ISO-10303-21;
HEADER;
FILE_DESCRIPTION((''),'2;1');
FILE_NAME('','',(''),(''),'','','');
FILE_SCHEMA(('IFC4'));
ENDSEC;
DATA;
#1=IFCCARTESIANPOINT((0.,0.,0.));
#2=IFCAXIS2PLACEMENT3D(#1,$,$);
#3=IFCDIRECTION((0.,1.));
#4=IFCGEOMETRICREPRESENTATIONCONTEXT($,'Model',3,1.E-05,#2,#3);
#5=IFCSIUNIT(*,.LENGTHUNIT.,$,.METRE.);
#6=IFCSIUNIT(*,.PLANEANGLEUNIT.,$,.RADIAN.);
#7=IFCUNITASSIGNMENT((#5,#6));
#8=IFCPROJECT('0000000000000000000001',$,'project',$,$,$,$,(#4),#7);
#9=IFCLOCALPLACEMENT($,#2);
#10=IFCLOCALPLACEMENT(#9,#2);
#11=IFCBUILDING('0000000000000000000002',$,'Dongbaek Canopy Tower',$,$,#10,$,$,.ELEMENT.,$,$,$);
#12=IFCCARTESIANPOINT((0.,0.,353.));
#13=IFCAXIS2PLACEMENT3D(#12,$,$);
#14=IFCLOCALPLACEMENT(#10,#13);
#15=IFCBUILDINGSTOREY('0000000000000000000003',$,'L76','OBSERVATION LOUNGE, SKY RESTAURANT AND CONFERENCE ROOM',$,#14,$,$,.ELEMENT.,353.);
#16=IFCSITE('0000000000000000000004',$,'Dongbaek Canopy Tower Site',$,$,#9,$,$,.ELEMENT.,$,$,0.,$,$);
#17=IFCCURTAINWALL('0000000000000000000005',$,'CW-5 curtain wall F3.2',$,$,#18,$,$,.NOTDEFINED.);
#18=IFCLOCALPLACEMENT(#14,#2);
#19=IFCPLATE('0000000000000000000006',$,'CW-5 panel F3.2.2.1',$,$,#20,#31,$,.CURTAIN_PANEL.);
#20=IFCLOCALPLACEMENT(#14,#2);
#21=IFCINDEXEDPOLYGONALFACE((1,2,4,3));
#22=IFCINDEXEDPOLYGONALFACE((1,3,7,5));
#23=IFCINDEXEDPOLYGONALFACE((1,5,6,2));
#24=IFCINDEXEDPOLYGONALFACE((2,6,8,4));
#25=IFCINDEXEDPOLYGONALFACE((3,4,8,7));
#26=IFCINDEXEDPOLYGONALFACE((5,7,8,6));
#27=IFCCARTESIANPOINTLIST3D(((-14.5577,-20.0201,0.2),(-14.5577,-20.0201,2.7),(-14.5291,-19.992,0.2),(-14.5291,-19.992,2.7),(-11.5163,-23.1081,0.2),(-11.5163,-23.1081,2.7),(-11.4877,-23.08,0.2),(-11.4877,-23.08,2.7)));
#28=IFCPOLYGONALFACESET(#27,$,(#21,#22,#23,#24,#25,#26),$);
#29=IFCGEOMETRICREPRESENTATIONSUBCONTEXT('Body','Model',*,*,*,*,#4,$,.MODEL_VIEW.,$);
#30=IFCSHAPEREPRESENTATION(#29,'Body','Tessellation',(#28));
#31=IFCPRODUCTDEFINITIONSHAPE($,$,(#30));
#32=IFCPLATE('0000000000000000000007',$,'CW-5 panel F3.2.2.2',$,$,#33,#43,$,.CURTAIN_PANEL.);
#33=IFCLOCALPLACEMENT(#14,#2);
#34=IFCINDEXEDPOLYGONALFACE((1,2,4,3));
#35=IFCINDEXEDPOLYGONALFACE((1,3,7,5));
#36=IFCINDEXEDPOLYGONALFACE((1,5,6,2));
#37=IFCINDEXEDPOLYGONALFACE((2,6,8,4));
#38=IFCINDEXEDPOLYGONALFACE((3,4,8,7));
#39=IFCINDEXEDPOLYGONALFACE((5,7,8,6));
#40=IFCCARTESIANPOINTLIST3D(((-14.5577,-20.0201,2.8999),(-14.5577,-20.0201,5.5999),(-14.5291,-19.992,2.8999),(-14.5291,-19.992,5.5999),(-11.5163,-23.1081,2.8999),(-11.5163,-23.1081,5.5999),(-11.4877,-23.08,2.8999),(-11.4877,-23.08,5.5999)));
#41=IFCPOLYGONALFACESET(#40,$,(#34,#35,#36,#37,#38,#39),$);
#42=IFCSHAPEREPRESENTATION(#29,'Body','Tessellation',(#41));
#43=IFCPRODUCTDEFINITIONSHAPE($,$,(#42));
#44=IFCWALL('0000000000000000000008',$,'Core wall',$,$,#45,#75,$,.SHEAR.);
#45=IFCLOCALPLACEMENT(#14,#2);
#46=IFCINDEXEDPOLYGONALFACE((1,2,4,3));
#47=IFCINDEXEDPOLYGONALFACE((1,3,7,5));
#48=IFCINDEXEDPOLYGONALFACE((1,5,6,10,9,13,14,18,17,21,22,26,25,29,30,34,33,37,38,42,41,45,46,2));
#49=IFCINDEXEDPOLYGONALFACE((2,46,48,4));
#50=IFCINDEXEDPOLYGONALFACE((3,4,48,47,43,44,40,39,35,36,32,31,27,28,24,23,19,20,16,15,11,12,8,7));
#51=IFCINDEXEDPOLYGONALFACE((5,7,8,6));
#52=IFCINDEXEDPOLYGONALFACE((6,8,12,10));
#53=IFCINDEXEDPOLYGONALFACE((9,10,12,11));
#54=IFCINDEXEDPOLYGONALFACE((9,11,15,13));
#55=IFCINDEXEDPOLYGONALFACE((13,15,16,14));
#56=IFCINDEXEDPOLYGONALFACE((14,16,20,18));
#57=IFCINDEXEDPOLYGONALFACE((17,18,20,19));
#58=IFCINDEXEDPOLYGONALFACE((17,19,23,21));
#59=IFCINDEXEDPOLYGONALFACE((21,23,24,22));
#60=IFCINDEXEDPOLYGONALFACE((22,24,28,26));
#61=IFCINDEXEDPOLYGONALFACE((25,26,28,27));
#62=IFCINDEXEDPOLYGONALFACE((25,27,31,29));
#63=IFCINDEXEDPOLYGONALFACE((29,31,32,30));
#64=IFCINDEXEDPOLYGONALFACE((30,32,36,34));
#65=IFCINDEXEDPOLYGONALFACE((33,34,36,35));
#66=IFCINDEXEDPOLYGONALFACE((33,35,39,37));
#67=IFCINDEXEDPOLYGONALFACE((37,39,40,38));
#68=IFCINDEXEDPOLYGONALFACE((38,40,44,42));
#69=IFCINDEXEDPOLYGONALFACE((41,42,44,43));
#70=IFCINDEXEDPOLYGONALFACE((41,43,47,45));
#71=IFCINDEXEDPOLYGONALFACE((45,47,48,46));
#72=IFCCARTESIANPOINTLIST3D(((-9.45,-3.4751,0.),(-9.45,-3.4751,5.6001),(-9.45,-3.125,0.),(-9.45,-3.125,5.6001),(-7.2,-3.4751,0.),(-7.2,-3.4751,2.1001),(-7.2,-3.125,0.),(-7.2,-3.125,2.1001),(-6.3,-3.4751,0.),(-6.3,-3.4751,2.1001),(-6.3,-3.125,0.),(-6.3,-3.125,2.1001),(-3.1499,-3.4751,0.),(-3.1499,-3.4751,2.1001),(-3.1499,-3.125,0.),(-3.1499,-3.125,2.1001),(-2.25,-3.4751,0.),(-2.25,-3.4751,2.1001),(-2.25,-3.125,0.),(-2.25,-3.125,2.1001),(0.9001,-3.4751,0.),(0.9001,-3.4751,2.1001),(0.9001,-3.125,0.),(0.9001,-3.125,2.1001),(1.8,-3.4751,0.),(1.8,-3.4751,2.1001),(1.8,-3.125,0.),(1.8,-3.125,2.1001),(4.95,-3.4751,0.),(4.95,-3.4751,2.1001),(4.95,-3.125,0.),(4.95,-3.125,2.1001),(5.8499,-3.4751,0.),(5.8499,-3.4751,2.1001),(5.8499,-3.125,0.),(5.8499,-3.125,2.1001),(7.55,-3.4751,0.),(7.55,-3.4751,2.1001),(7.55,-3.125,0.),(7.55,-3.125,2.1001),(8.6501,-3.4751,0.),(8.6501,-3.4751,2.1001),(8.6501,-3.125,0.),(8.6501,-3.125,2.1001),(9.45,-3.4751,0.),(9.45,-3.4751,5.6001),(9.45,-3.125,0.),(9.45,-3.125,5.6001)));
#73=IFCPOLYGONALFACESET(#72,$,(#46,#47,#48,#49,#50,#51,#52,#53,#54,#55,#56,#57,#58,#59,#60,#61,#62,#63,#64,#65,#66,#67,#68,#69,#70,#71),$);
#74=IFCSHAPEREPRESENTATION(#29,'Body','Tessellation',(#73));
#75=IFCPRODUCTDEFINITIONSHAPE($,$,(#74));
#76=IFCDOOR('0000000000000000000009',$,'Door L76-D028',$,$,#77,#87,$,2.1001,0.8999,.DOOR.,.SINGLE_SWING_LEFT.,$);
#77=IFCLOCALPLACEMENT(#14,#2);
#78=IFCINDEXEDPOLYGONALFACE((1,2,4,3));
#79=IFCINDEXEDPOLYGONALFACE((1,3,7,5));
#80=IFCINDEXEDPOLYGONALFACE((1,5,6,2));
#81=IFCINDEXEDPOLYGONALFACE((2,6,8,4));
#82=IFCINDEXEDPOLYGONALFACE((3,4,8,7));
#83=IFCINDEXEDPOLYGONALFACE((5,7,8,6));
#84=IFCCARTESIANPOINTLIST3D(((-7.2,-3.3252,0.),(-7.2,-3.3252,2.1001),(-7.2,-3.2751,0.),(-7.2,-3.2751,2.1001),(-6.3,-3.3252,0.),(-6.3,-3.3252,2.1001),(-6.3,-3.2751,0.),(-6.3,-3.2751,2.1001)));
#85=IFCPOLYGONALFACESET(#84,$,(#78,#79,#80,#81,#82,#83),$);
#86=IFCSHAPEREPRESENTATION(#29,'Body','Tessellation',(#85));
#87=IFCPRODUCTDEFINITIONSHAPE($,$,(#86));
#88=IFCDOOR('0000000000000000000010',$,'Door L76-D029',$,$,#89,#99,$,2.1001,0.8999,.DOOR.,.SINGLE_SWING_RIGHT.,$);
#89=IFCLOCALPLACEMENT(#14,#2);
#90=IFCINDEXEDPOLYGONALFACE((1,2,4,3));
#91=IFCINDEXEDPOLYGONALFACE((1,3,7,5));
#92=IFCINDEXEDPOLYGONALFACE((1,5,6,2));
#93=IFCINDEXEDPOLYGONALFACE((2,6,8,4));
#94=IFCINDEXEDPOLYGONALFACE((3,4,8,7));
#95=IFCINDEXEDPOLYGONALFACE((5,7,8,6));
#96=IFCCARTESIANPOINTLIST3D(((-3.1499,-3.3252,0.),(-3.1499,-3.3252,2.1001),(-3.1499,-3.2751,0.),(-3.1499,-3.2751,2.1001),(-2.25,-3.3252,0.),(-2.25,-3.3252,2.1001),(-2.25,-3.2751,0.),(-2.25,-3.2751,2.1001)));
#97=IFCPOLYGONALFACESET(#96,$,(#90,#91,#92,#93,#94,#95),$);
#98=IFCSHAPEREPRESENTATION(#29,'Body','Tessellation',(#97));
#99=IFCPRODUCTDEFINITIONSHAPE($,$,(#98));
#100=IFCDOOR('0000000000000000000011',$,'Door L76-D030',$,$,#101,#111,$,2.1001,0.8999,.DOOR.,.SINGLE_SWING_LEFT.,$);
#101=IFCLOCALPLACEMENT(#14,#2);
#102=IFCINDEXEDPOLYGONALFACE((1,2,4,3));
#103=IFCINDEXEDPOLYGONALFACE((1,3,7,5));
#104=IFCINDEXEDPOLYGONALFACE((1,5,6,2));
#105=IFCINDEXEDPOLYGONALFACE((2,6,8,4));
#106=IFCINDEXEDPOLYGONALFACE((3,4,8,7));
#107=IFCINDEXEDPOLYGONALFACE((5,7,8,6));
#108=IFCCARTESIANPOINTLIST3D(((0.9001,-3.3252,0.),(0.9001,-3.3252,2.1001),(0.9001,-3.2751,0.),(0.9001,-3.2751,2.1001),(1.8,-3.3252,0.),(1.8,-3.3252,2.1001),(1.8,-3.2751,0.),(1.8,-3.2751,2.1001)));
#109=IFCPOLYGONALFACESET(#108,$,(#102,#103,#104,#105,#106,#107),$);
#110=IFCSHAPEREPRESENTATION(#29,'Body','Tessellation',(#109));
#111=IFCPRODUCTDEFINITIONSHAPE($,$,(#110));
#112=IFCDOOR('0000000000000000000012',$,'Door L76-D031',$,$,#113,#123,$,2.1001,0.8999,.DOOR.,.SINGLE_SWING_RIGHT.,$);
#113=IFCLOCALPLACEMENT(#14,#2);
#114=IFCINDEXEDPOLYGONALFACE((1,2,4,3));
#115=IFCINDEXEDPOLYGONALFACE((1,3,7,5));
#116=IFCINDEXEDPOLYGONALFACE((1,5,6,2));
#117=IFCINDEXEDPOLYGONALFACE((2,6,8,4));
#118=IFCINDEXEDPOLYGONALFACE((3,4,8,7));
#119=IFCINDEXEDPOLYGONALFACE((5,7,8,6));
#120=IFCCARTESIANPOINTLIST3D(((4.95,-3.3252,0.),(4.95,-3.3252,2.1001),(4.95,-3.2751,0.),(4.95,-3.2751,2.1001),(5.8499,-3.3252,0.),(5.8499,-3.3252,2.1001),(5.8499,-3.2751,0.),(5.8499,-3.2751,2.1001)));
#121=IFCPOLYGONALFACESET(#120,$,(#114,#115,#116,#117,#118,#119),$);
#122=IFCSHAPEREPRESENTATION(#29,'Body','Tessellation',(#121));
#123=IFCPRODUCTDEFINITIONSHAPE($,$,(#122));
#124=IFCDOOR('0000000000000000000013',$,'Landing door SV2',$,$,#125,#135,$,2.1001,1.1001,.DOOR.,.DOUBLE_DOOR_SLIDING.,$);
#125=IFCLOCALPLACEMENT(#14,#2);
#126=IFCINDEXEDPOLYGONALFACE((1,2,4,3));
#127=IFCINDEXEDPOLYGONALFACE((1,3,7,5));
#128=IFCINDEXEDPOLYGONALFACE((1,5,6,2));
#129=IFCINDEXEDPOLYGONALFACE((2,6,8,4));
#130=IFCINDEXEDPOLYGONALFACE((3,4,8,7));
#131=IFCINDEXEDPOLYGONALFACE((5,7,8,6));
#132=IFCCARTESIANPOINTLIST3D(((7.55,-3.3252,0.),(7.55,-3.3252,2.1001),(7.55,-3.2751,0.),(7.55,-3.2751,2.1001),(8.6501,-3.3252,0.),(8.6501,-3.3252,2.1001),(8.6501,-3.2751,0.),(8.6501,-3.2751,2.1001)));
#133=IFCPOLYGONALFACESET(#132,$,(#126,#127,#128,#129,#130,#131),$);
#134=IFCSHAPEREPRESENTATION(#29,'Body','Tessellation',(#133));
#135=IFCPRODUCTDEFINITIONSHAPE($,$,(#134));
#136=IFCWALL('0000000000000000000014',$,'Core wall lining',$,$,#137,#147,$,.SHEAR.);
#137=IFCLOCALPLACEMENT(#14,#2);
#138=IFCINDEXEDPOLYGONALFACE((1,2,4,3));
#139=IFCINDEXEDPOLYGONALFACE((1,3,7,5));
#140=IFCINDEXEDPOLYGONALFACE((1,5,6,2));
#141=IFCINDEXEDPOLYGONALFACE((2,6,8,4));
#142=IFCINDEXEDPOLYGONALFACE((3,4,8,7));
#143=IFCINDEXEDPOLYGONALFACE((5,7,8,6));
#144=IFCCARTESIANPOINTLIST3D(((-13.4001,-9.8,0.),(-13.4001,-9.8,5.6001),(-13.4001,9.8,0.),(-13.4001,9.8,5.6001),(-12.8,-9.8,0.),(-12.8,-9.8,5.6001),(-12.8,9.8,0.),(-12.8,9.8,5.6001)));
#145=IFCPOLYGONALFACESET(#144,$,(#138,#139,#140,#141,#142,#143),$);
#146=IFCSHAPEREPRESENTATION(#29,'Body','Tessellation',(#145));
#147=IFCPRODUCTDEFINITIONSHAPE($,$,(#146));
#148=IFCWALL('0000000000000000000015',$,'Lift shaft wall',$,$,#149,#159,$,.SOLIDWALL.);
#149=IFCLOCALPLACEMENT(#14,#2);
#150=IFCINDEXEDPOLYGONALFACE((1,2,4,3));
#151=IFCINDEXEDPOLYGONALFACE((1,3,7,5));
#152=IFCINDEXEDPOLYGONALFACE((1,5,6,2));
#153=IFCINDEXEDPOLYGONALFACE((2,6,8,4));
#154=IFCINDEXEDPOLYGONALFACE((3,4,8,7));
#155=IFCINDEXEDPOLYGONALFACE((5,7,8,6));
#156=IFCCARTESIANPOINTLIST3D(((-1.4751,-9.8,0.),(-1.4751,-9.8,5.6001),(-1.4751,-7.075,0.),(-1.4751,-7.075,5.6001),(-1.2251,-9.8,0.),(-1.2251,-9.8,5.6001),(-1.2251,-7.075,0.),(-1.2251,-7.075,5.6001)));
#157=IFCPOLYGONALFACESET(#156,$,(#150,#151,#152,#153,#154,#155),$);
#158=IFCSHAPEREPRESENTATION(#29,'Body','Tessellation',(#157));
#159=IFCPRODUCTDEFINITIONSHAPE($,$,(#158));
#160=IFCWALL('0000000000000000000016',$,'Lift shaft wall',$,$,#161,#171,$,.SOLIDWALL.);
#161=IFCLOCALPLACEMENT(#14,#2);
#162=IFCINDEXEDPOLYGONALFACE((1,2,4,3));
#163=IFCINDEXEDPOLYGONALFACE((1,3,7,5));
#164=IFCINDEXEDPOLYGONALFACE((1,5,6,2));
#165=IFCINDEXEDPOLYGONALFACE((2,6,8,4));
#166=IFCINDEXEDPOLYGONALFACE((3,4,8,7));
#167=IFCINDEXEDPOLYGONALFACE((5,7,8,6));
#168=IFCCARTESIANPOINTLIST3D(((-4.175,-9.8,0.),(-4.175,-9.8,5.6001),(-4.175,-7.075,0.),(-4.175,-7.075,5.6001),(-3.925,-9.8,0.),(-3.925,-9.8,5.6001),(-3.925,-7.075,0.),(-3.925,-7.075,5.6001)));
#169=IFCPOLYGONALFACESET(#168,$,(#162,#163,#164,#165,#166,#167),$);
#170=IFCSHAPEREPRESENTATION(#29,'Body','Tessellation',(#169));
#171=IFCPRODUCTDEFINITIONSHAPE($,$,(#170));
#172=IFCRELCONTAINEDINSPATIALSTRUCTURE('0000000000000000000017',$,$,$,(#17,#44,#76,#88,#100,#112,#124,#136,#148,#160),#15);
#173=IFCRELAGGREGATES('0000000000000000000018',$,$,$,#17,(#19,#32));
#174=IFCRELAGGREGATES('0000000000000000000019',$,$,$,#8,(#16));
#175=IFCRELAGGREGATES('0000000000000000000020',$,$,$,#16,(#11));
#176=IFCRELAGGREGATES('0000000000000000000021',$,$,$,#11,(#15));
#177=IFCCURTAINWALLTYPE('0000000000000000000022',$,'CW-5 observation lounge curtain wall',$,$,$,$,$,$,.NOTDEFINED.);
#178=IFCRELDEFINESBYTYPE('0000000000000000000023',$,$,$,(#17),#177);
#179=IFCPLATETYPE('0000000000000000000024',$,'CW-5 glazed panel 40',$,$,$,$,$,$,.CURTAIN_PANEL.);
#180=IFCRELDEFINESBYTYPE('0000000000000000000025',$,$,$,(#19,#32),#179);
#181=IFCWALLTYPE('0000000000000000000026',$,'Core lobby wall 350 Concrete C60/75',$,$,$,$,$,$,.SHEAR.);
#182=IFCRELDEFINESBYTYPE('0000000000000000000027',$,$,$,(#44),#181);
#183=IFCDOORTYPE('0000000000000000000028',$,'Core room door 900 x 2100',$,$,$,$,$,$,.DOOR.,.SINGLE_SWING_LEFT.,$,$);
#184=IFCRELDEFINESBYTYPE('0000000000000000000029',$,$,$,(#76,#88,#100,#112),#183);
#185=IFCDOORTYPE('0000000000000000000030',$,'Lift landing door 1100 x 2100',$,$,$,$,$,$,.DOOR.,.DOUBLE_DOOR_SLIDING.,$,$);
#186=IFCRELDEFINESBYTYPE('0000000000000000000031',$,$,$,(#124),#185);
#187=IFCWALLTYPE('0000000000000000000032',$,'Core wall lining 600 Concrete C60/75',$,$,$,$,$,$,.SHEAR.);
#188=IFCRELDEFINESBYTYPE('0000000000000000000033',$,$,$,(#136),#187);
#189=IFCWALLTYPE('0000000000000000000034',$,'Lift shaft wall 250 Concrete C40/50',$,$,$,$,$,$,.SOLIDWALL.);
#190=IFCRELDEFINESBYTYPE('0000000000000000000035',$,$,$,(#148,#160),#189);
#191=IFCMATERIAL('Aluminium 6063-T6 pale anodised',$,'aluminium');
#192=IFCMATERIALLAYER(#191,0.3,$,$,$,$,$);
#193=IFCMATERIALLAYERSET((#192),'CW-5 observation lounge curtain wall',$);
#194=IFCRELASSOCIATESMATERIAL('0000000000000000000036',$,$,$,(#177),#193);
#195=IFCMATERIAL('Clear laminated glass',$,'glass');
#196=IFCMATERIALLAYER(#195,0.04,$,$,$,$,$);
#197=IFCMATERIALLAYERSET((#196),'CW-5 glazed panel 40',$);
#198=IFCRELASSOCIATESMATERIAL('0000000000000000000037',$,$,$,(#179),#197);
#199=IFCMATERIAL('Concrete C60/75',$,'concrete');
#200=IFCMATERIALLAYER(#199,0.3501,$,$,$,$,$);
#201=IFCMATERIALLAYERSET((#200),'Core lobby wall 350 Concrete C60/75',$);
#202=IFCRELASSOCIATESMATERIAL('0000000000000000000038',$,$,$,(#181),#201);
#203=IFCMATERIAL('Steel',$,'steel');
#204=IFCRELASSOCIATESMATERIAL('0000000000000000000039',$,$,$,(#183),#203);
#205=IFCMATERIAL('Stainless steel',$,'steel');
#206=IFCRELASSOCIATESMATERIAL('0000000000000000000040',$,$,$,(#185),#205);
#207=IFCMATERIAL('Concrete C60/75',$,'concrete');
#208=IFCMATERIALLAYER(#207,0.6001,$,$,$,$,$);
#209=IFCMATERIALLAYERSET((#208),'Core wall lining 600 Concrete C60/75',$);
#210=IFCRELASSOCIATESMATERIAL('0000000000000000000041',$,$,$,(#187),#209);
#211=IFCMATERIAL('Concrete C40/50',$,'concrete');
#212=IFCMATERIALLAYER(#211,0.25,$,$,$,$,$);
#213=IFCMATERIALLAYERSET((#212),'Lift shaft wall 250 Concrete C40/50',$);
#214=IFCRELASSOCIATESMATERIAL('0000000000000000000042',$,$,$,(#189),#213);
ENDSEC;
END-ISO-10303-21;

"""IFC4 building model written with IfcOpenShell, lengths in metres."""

from ifc_helpers import new_model, si_unit, direction, frame, frame_2d, origin, origin_2d, place, context, subcontext, project, spatial, rectangle, extrude, material, layer, layer_set, type_object, element, fill, aggregate, save


model = new_model("IFC4")

# Units and contexts
model_context = context("Model", 3, precision=1e-05, world=origin(), true_north=direction((0.0, 1.0)))
body_context = subcontext(model_context, "Body", "Model", "MODEL_VIEW")
ifc_project = project(units=[si_unit("LENGTHUNIT", "METRE"), si_unit("PLANEANGLEUNIT", "RADIAN")], contexts=[model_context])

# Site, building, storey
site_placement = place(None, origin())
site = spatial("IfcSite", under=ifc_project, at=site_placement, Name="Dongbaek Canopy Tower Site", CompositionType="ELEMENT", RefElevation=0.0)
building_placement = place(site_placement, origin())
building = spatial("IfcBuilding", under=site, at=building_placement, Name="Dongbaek Canopy Tower", CompositionType="ELEMENT")
storey_placement = place(building_placement, frame((0.0, 0.0, 353.0)))
storey = spatial("IfcBuildingStorey", under=building, at=storey_placement, Name="L76", Description="OBSERVATION LOUNGE, SKY RESTAURANT AND CONFERENCE ROOM", CompositionType="ELEMENT", Elevation=353.0)

# Curtain wall, plates
ifc_material_1 = material(Name="Aluminium 6063-T6 pale anodised", Category="aluminium")
ifc_layer_1 = layer(ifc_material_1, 0.3)
ifc_layer_set_1 = layer_set([ifc_layer_1], Name="CW-5 observation lounge curtain wall")
curtain_wall_type = type_object("IfcCurtainWallType", Name="CW-5 observation lounge curtain wall", PredefinedType="NOTDEFINED", material=ifc_layer_set_1)
curtain_wall_placement = place(storey_placement, origin())
curtain_wall = element("IfcCurtainWall", 1, at=curtain_wall_placement, inside=storey, type_object=curtain_wall_type, Name="CW-5 curtain wall F3.2", PredefinedType="NOTDEFINED")
ifc_material_2 = material(Name="Clear laminated glass", Category="glass")
ifc_layer_2 = layer(ifc_material_2, 0.04)
ifc_layer_set_2 = layer_set([ifc_layer_2], Name="CW-5 glazed panel 40")
plate_type = type_object("IfcPlateType", Name="CW-5 glazed panel 40", PredefinedType="CURTAIN_PANEL", material=ifc_layer_set_2)
plate_1_placement = place(storey_placement, frame((-13.0227, -21.55, 0.2), z_axis=(0.0, 0.0, 1.0), x_axis=(0.701718, -0.712455, 0.0)))
plate_1 = element("IfcPlate", 2, at=plate_1_placement, type_object=plate_type, Name="CW-5 panel F3.2.2.1", PredefinedType="CURTAIN_PANEL", context=body_context, shape_type="SweptSolid", body=[
    extrude(rectangle(XDim=4.3342, YDim=0.04, at=origin_2d()), origin(), (0.0, 0.0, 1.0), 2.5),
])
plate_2_placement = place(storey_placement, frame((-13.0227, -21.55, 2.8999), z_axis=(0.0, 0.0, 1.0), x_axis=(0.701718, -0.712455, 0.0)))
plate_2 = element("IfcPlate", 3, at=plate_2_placement, type_object=plate_type, Name="CW-5 panel F3.2.2.2", PredefinedType="CURTAIN_PANEL", context=body_context, shape_type="SweptSolid", body=[
    extrude(rectangle(XDim=4.3342, YDim=0.04, at=origin_2d()), origin(), (0.0, 0.0, 1.0), 2.7),
])
aggregate(curtain_wall, [plate_1, plate_2])

# Wall, openings, doors
ifc_material_3 = material(Name="Concrete C60/75", Category="concrete")
ifc_layer_3 = layer(ifc_material_3, 0.3501)
ifc_layer_set_3 = layer_set([ifc_layer_3], Name="Core lobby wall 350 Concrete C60/75")
wall_type_1 = type_object("IfcWallType", Name="Core lobby wall 350 Concrete C60/75", PredefinedType="SHEAR", material=ifc_layer_set_3)
wall_1_placement = place(storey_placement, frame((-9.45, -3.3, 0.0), z_axis=(0.0, 0.0, 1.0), x_axis=(1.0, 0.0, 0.0)))
wall_1 = element("IfcWall", 4, at=wall_1_placement, inside=storey, type_object=wall_type_1, Name="Core wall", PredefinedType="SHEAR", context=body_context, shape_type="SweptSolid", body=[
    extrude(rectangle(XDim=18.8999, YDim=0.3501, at=frame_2d((9.45, 0.0))), origin(), (0.0, 0.0, 1.0), 5.6001),
])
opening_1_placement = place(wall_1_placement, frame((17.0, 0.0, 0.0)))
opening_1 = element("IfcOpeningElement", 5, at=opening_1_placement, cuts=wall_1, PredefinedType="OPENING", context=body_context, shape_type="SweptSolid", body=[
    extrude(rectangle(XDim=1.1001, YDim=2.1001, at=frame_2d((0.55, 1.05))), frame((0.0, 0.1851, 0.0), z_axis=(0.0, -1.0, 0.0), x_axis=(1.0, 0.0, 0.0)), (0.0, 0.0, 1.0), 0.3701),
])
opening_2_placement = place(wall_1_placement, frame((2.25, 0.0, 0.0)))
opening_2 = element("IfcOpeningElement", 6, at=opening_2_placement, cuts=wall_1, PredefinedType="OPENING", context=body_context, shape_type="SweptSolid", body=[
    extrude(rectangle(XDim=0.8999, YDim=2.1001, at=frame_2d((0.45, 1.05))), frame((0.0, 0.1851, 0.0), z_axis=(0.0, -1.0, 0.0), x_axis=(1.0, 0.0, 0.0)), (0.0, 0.0, 1.0), 0.3701),
])
opening_3_placement = place(wall_1_placement, frame((6.3, 0.0, 0.0)))
opening_3 = element("IfcOpeningElement", 7, at=opening_3_placement, cuts=wall_1, PredefinedType="OPENING", context=body_context, shape_type="SweptSolid", body=[
    extrude(rectangle(XDim=0.8999, YDim=2.1001, at=frame_2d((0.45, 1.05))), frame((0.0, 0.1851, 0.0), z_axis=(0.0, -1.0, 0.0), x_axis=(1.0, 0.0, 0.0)), (0.0, 0.0, 1.0), 0.3701),
])
opening_4_placement = place(wall_1_placement, frame((10.3501, 0.0, 0.0)))
opening_4 = element("IfcOpeningElement", 8, at=opening_4_placement, cuts=wall_1, PredefinedType="OPENING", context=body_context, shape_type="SweptSolid", body=[
    extrude(rectangle(XDim=0.8999, YDim=2.1001, at=frame_2d((0.45, 1.05))), frame((0.0, 0.1851, 0.0), z_axis=(0.0, -1.0, 0.0), x_axis=(1.0, 0.0, 0.0)), (0.0, 0.0, 1.0), 0.3701),
])
opening_5_placement = place(wall_1_placement, frame((14.3999, 0.0, 0.0)))
opening_5 = element("IfcOpeningElement", 9, at=opening_5_placement, cuts=wall_1, PredefinedType="OPENING", context=body_context, shape_type="SweptSolid", body=[
    extrude(rectangle(XDim=0.8999, YDim=2.1001, at=frame_2d((0.45, 1.05))), frame((0.0, 0.1851, 0.0), z_axis=(0.0, -1.0, 0.0), x_axis=(1.0, 0.0, 0.0)), (0.0, 0.0, 1.0), 0.3701),
])
ifc_material_4 = material(Name="Steel", Category="steel")
door_type_1 = type_object("IfcDoorType", Name="Core room door 900 x 2100", OperationType="SINGLE_SWING_LEFT", PredefinedType="DOOR", material=ifc_material_4)
door_1_placement = place(opening_2_placement, origin())
door_1 = element("IfcDoor", 10, at=door_1_placement, inside=storey, type_object=door_type_1, Name="Door L76-D028", OperationType="SINGLE_SWING_LEFT", OverallHeight=2.1001, OverallWidth=0.8999, PredefinedType="DOOR", context=body_context, shape_type="SweptSolid", body=[
    extrude(rectangle(XDim=0.8999, YDim=2.1001, at=frame_2d((0.45, 1.05))), frame((0.0, 0.0249, 0.0), z_axis=(0.0, -1.0, 0.0), x_axis=(1.0, 0.0, 0.0)), (0.0, 0.0, 1.0), 0.05),
])
fill(opening_2, door_1)
door_2_placement = place(opening_3_placement, origin())
door_2 = element("IfcDoor", 11, at=door_2_placement, inside=storey, type_object=door_type_1, Name="Door L76-D029", OperationType="SINGLE_SWING_RIGHT", OverallHeight=2.1001, OverallWidth=0.8999, PredefinedType="DOOR", context=body_context, shape_type="SweptSolid", body=[
    extrude(rectangle(XDim=0.8999, YDim=2.1001, at=frame_2d((0.45, 1.05))), frame((0.0, 0.0249, 0.0), z_axis=(0.0, -1.0, 0.0), x_axis=(1.0, 0.0, 0.0)), (0.0, 0.0, 1.0), 0.05),
])
fill(opening_3, door_2)
door_3_placement = place(opening_4_placement, origin())
door_3 = element("IfcDoor", 12, at=door_3_placement, inside=storey, type_object=door_type_1, Name="Door L76-D030", OperationType="SINGLE_SWING_LEFT", OverallHeight=2.1001, OverallWidth=0.8999, PredefinedType="DOOR", context=body_context, shape_type="SweptSolid", body=[
    extrude(rectangle(XDim=0.8999, YDim=2.1001, at=frame_2d((0.45, 1.05))), frame((0.0, 0.0249, 0.0), z_axis=(0.0, -1.0, 0.0), x_axis=(1.0, 0.0, 0.0)), (0.0, 0.0, 1.0), 0.05),
])
fill(opening_4, door_3)
door_4_placement = place(opening_5_placement, origin())
door_4 = element("IfcDoor", 13, at=door_4_placement, inside=storey, type_object=door_type_1, Name="Door L76-D031", OperationType="SINGLE_SWING_RIGHT", OverallHeight=2.1001, OverallWidth=0.8999, PredefinedType="DOOR", context=body_context, shape_type="SweptSolid", body=[
    extrude(rectangle(XDim=0.8999, YDim=2.1001, at=frame_2d((0.45, 1.05))), frame((0.0, 0.0249, 0.0), z_axis=(0.0, -1.0, 0.0), x_axis=(1.0, 0.0, 0.0)), (0.0, 0.0, 1.0), 0.05),
])
fill(opening_5, door_4)
ifc_material_5 = material(Name="Stainless steel", Category="steel")
door_type_2 = type_object("IfcDoorType", Name="Lift landing door 1100 x 2100", OperationType="DOUBLE_DOOR_SLIDING", PredefinedType="DOOR", material=ifc_material_5)
door_5_placement = place(opening_1_placement, origin())
door_5 = element("IfcDoor", 14, at=door_5_placement, inside=storey, type_object=door_type_2, Name="Landing door SV2", OperationType="DOUBLE_DOOR_SLIDING", OverallHeight=2.1001, OverallWidth=1.1001, PredefinedType="DOOR", context=body_context, shape_type="SweptSolid", body=[
    extrude(rectangle(XDim=1.1001, YDim=2.1001, at=frame_2d((0.55, 1.05))), frame((0.0, 0.0249, 0.0), z_axis=(0.0, -1.0, 0.0), x_axis=(1.0, 0.0, 0.0)), (0.0, 0.0, 1.0), 0.05),
])
fill(opening_1, door_5)

# Walls
ifc_material_6 = material(Name="Concrete C60/75", Category="concrete")
ifc_layer_4 = layer(ifc_material_6, 0.6001)
ifc_layer_set_4 = layer_set([ifc_layer_4], Name="Core wall lining 600 Concrete C60/75")
wall_type_2 = type_object("IfcWallType", Name="Core wall lining 600 Concrete C60/75", PredefinedType="SHEAR", material=ifc_layer_set_4)
wall_2_placement = place(storey_placement, frame((-13.1001, -9.8, 0.0), z_axis=(0.0, 0.0, 1.0), x_axis=(0.0, 1.0, 0.0)))
element("IfcWall", 15, at=wall_2_placement, inside=storey, type_object=wall_type_2, Name="Core wall lining", PredefinedType="SHEAR", context=body_context, shape_type="SweptSolid", body=[
    extrude(rectangle(XDim=19.6001, YDim=0.6001, at=frame_2d((9.8, 0.0))), origin(), (0.0, 0.0, 1.0), 5.6001),
])
ifc_material_7 = material(Name="Concrete C40/50", Category="concrete")
ifc_layer_5 = layer(ifc_material_7, 0.25)
ifc_layer_set_5 = layer_set([ifc_layer_5], Name="Lift shaft wall 250 Concrete C40/50")
wall_type_3 = type_object("IfcWallType", Name="Lift shaft wall 250 Concrete C40/50", PredefinedType="SOLIDWALL", material=ifc_layer_set_5)
for number, where, z_axis, x_axis, name in (
    (16, (-1.3501, -9.8, 0.0), (0.0, 0.0, 1.0), (0.0, 1.0, 0.0), "Lift shaft wall"),
    (17, (-4.05, -9.8, 0.0), (0.0, 0.0, 1.0), (0.0, 1.0, 0.0), "Lift shaft wall"),
):
    element("IfcWall", number, at=place(storey_placement, frame(where, z_axis=z_axis, x_axis=x_axis)), inside=storey, type_object=wall_type_3, Name=name, PredefinedType="SOLIDWALL", context=body_context, shape_type="SweptSolid", body=[
        extrude(rectangle(XDim=2.7251, YDim=0.25, at=frame_2d((1.3625, 0.0))), origin(), (0.0, 0.0, 1.0), 5.6001),
    ])

save(model, "model.ifc")
